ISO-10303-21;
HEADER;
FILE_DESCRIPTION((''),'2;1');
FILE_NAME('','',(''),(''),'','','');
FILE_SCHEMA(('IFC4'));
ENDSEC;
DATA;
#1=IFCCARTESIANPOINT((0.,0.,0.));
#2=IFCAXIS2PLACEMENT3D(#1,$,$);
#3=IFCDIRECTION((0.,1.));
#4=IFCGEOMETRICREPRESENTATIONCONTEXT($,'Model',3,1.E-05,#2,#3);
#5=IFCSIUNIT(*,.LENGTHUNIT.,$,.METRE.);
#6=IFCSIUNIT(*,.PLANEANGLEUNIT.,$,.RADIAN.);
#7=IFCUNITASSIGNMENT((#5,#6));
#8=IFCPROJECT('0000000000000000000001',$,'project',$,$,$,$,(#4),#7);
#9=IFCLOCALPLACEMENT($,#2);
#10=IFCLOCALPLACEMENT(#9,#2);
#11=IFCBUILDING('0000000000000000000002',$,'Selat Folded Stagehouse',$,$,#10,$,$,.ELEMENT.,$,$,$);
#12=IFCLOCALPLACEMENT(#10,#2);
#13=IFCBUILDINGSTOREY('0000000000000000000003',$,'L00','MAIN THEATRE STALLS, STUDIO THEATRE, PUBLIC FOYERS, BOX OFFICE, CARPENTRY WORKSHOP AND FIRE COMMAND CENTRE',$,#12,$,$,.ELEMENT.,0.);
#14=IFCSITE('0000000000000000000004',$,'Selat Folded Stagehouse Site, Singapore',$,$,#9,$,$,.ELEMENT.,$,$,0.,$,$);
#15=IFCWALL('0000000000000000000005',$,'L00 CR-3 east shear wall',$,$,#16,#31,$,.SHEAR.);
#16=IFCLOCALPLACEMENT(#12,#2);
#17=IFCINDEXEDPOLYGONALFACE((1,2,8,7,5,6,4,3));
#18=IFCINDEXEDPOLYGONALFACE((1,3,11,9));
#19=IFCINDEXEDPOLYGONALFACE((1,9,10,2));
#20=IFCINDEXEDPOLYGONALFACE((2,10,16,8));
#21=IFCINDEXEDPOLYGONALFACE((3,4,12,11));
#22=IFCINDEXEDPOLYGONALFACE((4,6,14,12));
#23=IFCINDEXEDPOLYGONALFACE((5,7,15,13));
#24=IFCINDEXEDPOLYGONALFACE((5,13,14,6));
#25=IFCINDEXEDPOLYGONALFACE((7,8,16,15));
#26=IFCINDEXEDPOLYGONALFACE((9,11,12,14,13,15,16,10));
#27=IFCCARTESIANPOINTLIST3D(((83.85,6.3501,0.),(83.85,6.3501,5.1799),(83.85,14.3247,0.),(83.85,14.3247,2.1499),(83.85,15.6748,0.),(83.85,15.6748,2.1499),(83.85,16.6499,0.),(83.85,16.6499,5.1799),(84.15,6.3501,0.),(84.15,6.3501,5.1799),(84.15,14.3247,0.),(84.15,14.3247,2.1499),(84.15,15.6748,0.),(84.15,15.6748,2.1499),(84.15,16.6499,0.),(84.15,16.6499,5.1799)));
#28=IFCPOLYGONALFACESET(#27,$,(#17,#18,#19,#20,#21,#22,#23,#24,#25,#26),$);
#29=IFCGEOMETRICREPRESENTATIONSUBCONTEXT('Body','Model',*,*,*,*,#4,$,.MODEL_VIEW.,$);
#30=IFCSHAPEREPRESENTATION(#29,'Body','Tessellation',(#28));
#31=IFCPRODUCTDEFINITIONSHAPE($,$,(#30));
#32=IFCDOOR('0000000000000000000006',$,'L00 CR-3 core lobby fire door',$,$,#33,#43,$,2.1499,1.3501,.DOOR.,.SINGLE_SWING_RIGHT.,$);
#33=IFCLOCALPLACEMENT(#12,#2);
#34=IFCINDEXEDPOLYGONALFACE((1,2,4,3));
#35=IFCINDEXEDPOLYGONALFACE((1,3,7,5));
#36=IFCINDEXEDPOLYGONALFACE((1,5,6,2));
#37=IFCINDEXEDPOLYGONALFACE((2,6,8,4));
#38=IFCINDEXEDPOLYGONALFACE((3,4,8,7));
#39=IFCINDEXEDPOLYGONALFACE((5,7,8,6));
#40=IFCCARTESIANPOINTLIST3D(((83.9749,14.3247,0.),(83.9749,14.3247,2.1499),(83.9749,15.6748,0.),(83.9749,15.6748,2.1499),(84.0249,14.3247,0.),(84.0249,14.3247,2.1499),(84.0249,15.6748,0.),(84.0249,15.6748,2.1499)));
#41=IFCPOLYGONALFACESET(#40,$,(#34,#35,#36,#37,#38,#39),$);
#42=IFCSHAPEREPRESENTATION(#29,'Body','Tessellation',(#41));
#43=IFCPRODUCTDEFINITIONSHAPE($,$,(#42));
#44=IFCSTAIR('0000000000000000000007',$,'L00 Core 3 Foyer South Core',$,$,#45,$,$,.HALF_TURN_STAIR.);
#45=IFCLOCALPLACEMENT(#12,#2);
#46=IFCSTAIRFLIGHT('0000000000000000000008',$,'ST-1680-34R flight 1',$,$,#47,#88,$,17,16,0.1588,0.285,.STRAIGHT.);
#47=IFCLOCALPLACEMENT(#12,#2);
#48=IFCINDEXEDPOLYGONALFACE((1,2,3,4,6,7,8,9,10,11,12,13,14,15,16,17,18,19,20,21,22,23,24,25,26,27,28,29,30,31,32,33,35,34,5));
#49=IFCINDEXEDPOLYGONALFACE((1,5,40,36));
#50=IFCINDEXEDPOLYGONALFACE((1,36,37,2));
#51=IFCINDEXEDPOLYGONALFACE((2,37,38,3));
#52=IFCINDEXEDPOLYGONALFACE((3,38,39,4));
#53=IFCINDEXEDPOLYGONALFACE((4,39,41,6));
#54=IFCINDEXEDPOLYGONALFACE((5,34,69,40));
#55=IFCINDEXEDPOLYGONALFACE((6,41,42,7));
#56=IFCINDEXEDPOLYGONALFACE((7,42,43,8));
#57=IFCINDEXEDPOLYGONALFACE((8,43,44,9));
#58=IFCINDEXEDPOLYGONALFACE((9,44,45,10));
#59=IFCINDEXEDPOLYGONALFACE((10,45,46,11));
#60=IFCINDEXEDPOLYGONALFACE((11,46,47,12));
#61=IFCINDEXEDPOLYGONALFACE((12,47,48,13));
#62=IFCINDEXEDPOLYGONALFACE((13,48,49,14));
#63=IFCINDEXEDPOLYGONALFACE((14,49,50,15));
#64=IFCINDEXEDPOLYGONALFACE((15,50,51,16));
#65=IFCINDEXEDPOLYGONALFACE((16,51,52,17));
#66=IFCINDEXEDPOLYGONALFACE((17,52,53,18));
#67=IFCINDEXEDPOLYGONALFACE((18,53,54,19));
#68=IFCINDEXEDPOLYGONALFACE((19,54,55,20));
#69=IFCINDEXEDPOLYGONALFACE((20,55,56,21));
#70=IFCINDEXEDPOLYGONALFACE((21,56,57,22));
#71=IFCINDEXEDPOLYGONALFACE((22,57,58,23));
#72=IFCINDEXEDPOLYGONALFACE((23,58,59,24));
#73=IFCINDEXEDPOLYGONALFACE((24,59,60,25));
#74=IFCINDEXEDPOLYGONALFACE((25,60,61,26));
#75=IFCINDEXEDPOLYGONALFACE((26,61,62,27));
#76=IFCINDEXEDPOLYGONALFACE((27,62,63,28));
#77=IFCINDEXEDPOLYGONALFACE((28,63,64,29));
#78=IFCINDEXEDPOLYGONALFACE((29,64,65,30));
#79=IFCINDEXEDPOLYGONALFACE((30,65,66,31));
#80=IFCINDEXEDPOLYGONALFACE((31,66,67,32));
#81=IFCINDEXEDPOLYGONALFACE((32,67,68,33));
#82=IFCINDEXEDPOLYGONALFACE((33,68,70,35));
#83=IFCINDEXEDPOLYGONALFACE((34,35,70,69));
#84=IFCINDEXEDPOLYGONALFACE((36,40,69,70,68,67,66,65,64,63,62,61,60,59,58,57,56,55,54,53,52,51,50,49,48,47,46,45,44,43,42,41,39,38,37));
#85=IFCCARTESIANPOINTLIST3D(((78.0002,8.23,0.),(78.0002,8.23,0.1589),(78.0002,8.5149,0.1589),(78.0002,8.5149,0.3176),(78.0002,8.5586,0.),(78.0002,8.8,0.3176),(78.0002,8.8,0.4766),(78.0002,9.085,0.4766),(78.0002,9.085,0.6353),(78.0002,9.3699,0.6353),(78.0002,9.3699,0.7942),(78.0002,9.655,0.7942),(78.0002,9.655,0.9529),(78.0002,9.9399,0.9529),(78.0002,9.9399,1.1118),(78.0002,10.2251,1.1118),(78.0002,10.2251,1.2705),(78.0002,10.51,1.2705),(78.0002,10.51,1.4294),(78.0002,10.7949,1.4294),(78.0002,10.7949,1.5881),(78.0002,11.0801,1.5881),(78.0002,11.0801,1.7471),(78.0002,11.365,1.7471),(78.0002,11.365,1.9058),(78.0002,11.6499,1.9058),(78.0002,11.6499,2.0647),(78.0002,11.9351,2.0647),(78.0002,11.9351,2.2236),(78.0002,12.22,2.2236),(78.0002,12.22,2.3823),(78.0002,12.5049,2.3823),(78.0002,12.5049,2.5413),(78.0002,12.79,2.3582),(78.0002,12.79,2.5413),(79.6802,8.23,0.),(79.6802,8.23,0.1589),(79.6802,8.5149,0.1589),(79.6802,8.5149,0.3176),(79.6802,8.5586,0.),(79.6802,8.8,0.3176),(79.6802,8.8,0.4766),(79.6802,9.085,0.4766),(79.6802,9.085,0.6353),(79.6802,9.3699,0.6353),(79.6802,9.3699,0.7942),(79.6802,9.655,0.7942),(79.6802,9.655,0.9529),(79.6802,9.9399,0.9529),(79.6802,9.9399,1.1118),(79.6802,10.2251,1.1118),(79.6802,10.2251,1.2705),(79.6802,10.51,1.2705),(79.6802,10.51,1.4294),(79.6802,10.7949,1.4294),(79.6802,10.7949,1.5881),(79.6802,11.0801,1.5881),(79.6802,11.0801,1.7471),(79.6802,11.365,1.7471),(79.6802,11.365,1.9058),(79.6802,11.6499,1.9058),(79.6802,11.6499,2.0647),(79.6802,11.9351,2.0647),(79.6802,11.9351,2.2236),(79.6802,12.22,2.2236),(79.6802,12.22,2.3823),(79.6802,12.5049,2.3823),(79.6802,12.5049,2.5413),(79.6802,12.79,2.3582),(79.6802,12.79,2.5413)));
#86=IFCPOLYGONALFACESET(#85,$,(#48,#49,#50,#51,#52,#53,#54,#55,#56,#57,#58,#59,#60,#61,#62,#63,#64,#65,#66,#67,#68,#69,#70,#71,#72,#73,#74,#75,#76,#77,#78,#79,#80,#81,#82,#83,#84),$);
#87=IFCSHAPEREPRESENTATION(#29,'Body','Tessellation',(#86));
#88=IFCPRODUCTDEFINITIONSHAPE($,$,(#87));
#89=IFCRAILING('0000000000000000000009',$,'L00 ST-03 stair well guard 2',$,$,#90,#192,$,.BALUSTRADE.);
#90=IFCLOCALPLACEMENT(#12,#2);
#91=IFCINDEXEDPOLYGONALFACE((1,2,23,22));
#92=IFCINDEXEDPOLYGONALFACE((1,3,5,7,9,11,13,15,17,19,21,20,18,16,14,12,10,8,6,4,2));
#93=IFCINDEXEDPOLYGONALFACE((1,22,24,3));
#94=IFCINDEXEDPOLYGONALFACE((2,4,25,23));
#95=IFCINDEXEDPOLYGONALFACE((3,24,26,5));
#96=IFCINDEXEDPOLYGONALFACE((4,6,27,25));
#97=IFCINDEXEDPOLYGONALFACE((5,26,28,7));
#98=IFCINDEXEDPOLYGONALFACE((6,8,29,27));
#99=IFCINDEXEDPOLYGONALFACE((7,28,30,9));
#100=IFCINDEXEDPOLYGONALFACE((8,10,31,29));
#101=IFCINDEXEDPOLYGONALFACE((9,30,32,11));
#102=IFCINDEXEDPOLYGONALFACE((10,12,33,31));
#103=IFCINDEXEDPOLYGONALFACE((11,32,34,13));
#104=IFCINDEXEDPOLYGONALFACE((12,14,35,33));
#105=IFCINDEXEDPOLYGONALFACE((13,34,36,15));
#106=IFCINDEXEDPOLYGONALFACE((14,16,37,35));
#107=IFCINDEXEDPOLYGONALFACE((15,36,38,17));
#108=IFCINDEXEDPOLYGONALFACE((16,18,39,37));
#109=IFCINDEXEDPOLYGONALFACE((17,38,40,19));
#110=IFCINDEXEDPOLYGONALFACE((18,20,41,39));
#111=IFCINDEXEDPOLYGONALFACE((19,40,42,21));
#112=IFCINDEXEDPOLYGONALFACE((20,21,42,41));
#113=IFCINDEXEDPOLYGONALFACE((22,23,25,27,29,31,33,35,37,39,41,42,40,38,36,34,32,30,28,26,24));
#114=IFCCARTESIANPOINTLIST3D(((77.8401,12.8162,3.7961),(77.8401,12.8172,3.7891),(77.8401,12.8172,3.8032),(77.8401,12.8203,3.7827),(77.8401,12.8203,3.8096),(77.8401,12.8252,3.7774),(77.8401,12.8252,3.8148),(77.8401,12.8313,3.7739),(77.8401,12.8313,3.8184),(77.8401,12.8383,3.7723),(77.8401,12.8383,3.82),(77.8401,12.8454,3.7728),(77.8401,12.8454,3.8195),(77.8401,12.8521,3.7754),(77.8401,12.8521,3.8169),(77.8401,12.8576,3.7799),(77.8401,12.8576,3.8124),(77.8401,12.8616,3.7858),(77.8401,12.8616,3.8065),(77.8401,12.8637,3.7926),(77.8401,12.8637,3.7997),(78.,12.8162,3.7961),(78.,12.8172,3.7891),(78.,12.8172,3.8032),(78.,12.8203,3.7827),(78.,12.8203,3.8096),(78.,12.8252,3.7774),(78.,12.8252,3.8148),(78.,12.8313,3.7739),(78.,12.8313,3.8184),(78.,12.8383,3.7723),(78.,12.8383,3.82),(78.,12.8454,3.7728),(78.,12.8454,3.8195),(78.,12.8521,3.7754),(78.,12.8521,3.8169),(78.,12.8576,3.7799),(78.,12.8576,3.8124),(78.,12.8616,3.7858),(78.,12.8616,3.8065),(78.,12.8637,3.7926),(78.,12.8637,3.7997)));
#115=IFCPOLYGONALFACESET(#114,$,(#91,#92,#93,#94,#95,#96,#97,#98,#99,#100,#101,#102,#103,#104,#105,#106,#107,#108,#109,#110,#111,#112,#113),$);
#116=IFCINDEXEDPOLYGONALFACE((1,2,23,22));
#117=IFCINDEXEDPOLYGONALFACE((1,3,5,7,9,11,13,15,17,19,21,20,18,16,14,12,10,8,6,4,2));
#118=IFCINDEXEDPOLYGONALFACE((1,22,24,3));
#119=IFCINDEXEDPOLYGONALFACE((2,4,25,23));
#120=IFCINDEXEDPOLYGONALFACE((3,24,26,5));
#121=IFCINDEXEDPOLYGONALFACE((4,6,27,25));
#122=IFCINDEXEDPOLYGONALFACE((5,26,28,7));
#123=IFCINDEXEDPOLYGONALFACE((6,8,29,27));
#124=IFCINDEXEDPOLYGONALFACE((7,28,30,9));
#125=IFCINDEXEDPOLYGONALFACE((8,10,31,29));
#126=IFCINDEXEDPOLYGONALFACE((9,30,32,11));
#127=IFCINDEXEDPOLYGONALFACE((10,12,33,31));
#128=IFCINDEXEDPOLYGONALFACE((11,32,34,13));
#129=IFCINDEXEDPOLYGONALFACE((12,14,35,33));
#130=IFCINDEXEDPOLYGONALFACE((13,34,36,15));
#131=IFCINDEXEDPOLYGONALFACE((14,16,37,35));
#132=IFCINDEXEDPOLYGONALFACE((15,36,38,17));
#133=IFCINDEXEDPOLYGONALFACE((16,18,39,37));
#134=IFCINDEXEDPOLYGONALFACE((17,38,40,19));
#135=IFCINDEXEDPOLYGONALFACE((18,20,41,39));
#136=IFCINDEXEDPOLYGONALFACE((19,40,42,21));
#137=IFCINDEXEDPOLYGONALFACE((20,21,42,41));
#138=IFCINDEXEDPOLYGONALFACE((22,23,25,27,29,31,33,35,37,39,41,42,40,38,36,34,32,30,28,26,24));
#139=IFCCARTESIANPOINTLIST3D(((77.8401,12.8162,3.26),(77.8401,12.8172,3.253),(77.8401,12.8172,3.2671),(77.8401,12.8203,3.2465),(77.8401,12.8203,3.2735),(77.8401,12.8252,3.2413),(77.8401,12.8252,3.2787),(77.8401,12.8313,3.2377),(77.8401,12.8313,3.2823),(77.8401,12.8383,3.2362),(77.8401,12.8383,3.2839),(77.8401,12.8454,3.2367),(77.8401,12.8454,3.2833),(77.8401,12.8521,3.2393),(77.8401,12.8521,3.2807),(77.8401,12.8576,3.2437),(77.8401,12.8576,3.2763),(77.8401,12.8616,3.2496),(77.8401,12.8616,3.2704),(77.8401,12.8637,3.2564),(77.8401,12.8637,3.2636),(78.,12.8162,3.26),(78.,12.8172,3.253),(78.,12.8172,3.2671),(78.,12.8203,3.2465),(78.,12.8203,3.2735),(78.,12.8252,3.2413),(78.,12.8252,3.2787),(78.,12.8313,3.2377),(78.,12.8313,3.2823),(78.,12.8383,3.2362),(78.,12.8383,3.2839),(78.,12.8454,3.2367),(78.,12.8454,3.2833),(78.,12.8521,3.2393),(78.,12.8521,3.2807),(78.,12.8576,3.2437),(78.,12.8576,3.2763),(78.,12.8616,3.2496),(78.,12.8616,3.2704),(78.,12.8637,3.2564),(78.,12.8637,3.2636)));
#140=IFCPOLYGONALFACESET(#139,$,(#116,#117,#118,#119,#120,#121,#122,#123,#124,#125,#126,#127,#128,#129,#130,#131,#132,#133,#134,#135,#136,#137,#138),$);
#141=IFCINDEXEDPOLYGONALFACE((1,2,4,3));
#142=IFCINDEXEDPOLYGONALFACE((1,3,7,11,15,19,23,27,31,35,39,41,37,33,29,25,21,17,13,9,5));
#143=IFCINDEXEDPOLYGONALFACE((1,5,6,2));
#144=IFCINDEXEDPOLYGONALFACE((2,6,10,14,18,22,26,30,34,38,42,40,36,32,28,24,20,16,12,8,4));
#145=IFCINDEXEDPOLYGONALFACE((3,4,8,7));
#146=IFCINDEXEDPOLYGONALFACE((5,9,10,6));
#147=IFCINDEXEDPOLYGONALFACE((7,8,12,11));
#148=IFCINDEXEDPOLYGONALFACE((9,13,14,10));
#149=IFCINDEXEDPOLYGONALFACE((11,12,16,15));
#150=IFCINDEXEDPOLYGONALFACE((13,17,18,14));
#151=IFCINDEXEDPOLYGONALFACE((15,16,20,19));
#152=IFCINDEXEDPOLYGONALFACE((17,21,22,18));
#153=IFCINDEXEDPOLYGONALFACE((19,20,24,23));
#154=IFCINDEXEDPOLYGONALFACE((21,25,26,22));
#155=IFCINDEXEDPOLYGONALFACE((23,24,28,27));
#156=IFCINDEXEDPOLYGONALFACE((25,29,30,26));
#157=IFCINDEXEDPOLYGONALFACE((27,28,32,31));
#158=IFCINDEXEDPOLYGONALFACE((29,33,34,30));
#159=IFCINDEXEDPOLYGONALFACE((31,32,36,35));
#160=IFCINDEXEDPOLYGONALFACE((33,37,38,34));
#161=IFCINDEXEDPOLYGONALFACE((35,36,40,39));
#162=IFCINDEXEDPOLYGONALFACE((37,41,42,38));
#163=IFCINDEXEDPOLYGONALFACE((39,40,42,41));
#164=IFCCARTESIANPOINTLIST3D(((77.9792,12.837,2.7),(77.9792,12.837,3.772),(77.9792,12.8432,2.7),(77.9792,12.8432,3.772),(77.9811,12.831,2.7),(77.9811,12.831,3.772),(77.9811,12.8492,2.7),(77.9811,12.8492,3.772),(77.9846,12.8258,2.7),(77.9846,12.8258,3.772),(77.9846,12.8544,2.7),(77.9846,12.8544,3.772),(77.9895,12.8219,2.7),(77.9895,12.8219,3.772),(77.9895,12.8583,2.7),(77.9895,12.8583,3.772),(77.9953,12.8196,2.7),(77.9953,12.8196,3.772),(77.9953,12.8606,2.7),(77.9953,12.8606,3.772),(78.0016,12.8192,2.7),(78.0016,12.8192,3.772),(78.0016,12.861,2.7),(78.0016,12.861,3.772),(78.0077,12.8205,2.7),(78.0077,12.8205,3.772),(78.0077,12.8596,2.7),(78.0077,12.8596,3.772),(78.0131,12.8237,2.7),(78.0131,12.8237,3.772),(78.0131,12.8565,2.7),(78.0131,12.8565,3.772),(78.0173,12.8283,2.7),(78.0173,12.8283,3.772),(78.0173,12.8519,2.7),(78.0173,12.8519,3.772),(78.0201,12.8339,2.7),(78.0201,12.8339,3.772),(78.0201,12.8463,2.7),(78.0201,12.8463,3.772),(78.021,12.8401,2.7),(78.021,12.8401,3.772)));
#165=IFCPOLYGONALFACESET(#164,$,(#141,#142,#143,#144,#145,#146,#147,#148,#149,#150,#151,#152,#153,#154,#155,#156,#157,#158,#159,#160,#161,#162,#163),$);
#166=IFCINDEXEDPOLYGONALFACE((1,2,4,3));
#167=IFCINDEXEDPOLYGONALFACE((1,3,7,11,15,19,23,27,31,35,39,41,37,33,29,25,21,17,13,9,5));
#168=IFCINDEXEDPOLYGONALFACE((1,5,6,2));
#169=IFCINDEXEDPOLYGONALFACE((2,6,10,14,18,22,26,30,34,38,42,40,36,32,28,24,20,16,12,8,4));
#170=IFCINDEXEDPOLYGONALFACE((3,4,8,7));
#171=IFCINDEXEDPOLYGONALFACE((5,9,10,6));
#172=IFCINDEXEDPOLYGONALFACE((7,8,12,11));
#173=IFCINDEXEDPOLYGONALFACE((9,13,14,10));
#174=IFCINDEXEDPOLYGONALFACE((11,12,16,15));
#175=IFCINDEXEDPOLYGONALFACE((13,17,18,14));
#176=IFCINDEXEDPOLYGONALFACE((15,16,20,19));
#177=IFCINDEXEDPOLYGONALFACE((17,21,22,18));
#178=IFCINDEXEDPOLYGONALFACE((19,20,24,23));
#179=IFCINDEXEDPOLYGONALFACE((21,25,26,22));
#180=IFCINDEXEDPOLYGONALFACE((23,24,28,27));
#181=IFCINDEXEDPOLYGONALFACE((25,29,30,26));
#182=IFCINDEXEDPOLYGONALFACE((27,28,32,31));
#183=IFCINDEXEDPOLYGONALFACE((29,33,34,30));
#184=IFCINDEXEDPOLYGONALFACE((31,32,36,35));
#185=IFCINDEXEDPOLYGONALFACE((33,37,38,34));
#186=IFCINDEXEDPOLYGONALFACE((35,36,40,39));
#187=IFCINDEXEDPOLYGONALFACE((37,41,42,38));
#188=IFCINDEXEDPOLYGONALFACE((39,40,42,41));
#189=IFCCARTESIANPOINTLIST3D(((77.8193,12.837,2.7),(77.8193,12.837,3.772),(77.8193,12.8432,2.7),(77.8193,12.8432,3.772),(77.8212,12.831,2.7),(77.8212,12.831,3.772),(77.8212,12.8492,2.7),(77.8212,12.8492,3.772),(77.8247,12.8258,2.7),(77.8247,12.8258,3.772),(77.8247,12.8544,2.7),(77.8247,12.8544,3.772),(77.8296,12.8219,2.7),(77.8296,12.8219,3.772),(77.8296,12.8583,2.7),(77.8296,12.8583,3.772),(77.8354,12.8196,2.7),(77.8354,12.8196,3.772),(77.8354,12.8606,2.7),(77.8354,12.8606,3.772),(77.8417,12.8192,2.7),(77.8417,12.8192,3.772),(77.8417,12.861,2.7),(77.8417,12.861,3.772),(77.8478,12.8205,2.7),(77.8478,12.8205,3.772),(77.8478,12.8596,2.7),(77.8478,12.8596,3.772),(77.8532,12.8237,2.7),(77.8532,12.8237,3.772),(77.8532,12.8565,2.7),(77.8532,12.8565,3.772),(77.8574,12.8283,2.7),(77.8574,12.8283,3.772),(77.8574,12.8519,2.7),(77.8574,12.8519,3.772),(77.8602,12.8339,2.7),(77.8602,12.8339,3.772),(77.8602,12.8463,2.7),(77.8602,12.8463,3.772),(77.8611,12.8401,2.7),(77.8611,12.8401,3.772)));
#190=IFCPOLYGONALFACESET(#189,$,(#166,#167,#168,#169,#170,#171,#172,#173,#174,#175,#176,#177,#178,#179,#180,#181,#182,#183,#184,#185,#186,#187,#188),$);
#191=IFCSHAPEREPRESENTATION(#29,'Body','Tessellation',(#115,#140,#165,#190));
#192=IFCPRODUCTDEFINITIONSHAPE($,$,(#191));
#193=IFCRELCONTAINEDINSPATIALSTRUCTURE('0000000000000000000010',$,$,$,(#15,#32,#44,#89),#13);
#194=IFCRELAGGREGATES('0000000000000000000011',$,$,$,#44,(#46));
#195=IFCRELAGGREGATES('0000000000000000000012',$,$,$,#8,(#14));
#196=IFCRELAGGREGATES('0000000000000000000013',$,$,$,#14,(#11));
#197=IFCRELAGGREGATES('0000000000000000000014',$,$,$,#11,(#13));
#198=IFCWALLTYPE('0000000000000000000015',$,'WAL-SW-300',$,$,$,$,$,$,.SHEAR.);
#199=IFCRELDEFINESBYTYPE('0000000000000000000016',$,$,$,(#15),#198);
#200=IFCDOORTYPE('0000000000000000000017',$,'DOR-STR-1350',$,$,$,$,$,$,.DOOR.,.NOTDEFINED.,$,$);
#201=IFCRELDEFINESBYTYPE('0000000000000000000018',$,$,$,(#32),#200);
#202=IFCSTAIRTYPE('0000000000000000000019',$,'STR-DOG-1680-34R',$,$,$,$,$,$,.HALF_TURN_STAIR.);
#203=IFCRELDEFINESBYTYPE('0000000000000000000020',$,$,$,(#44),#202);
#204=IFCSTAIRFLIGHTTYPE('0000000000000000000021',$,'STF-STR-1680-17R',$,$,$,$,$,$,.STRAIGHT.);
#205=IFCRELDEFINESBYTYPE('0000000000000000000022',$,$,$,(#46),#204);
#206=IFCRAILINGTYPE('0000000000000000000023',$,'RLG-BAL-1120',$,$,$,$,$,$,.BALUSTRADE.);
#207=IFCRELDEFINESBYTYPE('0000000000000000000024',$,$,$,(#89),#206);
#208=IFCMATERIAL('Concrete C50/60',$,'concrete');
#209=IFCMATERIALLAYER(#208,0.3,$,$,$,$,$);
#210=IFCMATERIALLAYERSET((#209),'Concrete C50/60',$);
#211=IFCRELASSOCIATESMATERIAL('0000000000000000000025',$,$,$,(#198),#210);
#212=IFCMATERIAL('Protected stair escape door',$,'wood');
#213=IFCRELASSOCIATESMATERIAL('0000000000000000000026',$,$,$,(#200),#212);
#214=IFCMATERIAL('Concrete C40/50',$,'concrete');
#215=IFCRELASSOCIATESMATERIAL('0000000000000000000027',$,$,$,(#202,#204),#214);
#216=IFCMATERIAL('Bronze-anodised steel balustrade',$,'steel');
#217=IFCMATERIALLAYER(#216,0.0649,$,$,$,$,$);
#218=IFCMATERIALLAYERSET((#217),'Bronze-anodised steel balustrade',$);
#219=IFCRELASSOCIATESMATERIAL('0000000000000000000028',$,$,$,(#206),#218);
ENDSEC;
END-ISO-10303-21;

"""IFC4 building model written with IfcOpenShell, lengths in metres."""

from ifc_helpers import new_model, si_unit, direction, frame, frame_2d, origin, origin_2d, place, context, subcontext, project, spatial, polyline, rectangle, circle, outline, extrude, material, layer, layer_set, type_object, element, fill, aggregate, save


model = new_model("IFC4")

# Units and contexts
model_context = context("Model", 3, precision=1e-05, world=origin(), true_north=direction((0.0, 1.0)))
body_context = subcontext(model_context, "Body", "Model", "MODEL_VIEW")
ifc_project = project(units=[si_unit("LENGTHUNIT", "METRE"), si_unit("PLANEANGLEUNIT", "RADIAN")], contexts=[model_context])

# Site, building, storey
site_placement = place(None, origin())
site = spatial("IfcSite", under=ifc_project, at=site_placement, Name="Selat Folded Stagehouse Site, Singapore", CompositionType="ELEMENT", RefElevation=0.0)
building_placement = place(site_placement, origin())
building = spatial("IfcBuilding", under=site, at=building_placement, Name="Selat Folded Stagehouse", CompositionType="ELEMENT")
storey_placement = place(building_placement, origin())
storey = spatial("IfcBuildingStorey", under=building, at=storey_placement, Name="L00", Description="MAIN THEATRE STALLS, STUDIO THEATRE, PUBLIC FOYERS, BOX OFFICE, CARPENTRY WORKSHOP AND FIRE COMMAND CENTRE", CompositionType="ELEMENT", Elevation=0.0)

# Shared definitions
ifc_material_1 = material(Name="Concrete C40/50", Category="concrete")
ifc_material_2 = material(Name="Concrete C50/60", Category="concrete")

# Shared definitions
ifc_layer_1 = layer(ifc_material_2, 0.3)
ifc_layer_set_1 = layer_set([ifc_layer_1], Name="Concrete C50/60")
wall_type_1 = type_object("IfcWallType", Name="WAL-SW-300", PredefinedType="SHEAR", material=ifc_layer_set_1)

# Wall, opening, door
wall_1_placement = place(storey_placement, frame((84.0, 16.6499, 0.0), z_axis=(0.0, 0.0, 1.0), x_axis=(0.0, -1.0, 0.0)))
wall_1 = element("IfcWall", 1, at=wall_1_placement, inside=storey, type_object=wall_type_1, Name="L00 CR-3 east shear wall", PredefinedType="SHEAR", context=body_context, shape_type="SweptSolid", body=[
    extrude(rectangle(XDim=10.2998, YDim=0.3, at=frame_2d((5.1499, 0.0))), origin(), (0.0, 0.0, 1.0), 5.1799),
])
opening_1_placement = place(wall_1_placement, frame((0.9751, 0.0, 0.0)))
opening_1 = element("IfcOpeningElement", 2, at=opening_1_placement, cuts=wall_1, PredefinedType="OPENING", context=body_context, shape_type="SweptSolid", body=[
    extrude(rectangle(XDim=1.3501, YDim=2.1499, at=frame_2d((0.675, 1.075))), frame((0.0, 0.1599, 0.0), z_axis=(0.0, -1.0, 0.0), x_axis=(1.0, 0.0, 0.0)), (0.0, 0.0, 1.0), 0.3201),
])
ifc_material_3 = material(Name="Protected stair escape door", Category="wood")
door_type_1 = type_object("IfcDoorType", Name="DOR-STR-1350", OperationType="NOTDEFINED", PredefinedType="DOOR", material=ifc_material_3)
door_1_placement = place(opening_1_placement, origin())
door_1 = element("IfcDoor", 3, at=door_1_placement, inside=storey, type_object=door_type_1, Name="L00 CR-3 core lobby fire door", OperationType="SINGLE_SWING_RIGHT", OverallHeight=2.1499, OverallWidth=1.3501, PredefinedType="DOOR", context=body_context, shape_type="SweptSolid", body=[
    extrude(rectangle(XDim=1.3501, YDim=2.1499, at=frame_2d((0.675, 1.075))), frame((0.0, 0.0249, 0.0), z_axis=(0.0, -1.0, 0.0), x_axis=(1.0, 0.0, 0.0)), (0.0, 0.0, 1.0), 0.05),
])
fill(opening_1, door_1)

# Stair, stair flight
stair_type = type_object("IfcStairType", Name="STR-DOG-1680-34R", PredefinedType="HALF_TURN_STAIR", material=ifc_material_1)
stair_placement = place(storey_placement, origin())
stair = element("IfcStair", 4, at=stair_placement, inside=storey, type_object=stair_type, Name="L00 Core 3 Foyer South Core", PredefinedType="HALF_TURN_STAIR")
stair_flight_type = type_object("IfcStairFlightType", Name="STF-STR-1680-17R", PredefinedType="STRAIGHT", material=ifc_material_1)
stair_flight_placement = place(storey_placement, frame((78.8401, 8.23, 0.0), z_axis=(0.0, 0.0, 1.0), x_axis=(0.0, 1.0, 0.0)))
stair_flight = element("IfcStairFlight", 5, at=stair_flight_placement, type_object=stair_flight_type, Name="ST-1680-34R flight 1", NumberOfRisers=17, NumberOfTreads=16, PredefinedType="STRAIGHT", RiserHeight=0.1588, TreadLength=0.285, context=body_context, shape_type="SweptSolid", body=[
    extrude(outline(polyline([(0.0, 0.0), (0.0, 0.1589), (0.2849, 0.1589), (0.2849, 0.3176), (0.5701, 0.3176), (0.5701, 0.4766), (0.855, 0.4766), (0.855, 0.6353), (1.1399, 0.6353), (1.1399, 0.7942), (1.425, 0.7942), (1.425, 0.9529), (1.71, 0.9529), (1.71, 1.1118), (1.9951, 1.1118), (1.9951, 1.2705), (2.28, 1.2705), (2.28, 1.4294), (2.5649, 1.4294), (2.5649, 1.5881), (2.8501, 1.5881), (2.8501, 1.7471), (3.135, 1.7471), (3.135, 1.9058), (3.4199, 1.9058), (3.4199, 2.0647), (3.7051, 2.0647), (3.7051, 2.2236), (3.99, 2.2236), (3.99, 2.3823), (4.2749, 2.3823), (4.2749, 2.5413), (4.5601, 2.5413), (4.5601, 2.7), (4.5601, 2.3582), (0.3286, 0.0), (0.0, 0.0)])), frame((0.0, 0.8398, 0.0), z_axis=(0.0, -1.0, 0.0), x_axis=(1.0, 0.0, 0.0)), (0.0, 0.0, 1.0), 1.6799),
])
aggregate(stair, [stair_flight])

# Railing
ifc_material_4 = material(Name="Bronze-anodised steel balustrade", Category="steel")
ifc_layer_2 = layer(ifc_material_4, 0.0649)
ifc_layer_set_2 = layer_set([ifc_layer_2], Name="Bronze-anodised steel balustrade")
railing_type_1 = type_object("IfcRailingType", Name="RLG-BAL-1120", PredefinedType="BALUSTRADE", material=ifc_layer_set_2)
railing_1_placement = place(storey_placement, frame((78.0, 12.8401, 2.7)))
element("IfcRailing", 6, at=railing_1_placement, inside=storey, type_object=railing_type_1, Name="L00 ST-03 stair well guard 2", PredefinedType="BALUSTRADE", context=body_context, shape_type="SweptSolid", body=[
    extrude(circle(Radius=0.0239, at=origin_2d()), frame((0.0, 0.0, 1.0962), z_axis=(-1.0, 0.0, 0.0), x_axis=(0.0, -1.0, 0.0)), (0.0, 0.0, 1.0), 0.1599),
    extrude(circle(Radius=0.0239, at=origin_2d()), frame((0.0, 0.0, 0.5601), z_axis=(-1.0, 0.0, 0.0), x_axis=(0.0, -1.0, 0.0)), (0.0, 0.0, 1.0), 0.1599),
    extrude(circle(Radius=0.021, at=origin_2d()), origin(), (0.0, 0.0, 1.0), 1.072),
    extrude(circle(Radius=0.021, at=origin_2d()), frame((-0.1599, 0.0, 0.0)), (0.0, 0.0, 1.0), 1.072),
])

save(model, "model.ifc")
